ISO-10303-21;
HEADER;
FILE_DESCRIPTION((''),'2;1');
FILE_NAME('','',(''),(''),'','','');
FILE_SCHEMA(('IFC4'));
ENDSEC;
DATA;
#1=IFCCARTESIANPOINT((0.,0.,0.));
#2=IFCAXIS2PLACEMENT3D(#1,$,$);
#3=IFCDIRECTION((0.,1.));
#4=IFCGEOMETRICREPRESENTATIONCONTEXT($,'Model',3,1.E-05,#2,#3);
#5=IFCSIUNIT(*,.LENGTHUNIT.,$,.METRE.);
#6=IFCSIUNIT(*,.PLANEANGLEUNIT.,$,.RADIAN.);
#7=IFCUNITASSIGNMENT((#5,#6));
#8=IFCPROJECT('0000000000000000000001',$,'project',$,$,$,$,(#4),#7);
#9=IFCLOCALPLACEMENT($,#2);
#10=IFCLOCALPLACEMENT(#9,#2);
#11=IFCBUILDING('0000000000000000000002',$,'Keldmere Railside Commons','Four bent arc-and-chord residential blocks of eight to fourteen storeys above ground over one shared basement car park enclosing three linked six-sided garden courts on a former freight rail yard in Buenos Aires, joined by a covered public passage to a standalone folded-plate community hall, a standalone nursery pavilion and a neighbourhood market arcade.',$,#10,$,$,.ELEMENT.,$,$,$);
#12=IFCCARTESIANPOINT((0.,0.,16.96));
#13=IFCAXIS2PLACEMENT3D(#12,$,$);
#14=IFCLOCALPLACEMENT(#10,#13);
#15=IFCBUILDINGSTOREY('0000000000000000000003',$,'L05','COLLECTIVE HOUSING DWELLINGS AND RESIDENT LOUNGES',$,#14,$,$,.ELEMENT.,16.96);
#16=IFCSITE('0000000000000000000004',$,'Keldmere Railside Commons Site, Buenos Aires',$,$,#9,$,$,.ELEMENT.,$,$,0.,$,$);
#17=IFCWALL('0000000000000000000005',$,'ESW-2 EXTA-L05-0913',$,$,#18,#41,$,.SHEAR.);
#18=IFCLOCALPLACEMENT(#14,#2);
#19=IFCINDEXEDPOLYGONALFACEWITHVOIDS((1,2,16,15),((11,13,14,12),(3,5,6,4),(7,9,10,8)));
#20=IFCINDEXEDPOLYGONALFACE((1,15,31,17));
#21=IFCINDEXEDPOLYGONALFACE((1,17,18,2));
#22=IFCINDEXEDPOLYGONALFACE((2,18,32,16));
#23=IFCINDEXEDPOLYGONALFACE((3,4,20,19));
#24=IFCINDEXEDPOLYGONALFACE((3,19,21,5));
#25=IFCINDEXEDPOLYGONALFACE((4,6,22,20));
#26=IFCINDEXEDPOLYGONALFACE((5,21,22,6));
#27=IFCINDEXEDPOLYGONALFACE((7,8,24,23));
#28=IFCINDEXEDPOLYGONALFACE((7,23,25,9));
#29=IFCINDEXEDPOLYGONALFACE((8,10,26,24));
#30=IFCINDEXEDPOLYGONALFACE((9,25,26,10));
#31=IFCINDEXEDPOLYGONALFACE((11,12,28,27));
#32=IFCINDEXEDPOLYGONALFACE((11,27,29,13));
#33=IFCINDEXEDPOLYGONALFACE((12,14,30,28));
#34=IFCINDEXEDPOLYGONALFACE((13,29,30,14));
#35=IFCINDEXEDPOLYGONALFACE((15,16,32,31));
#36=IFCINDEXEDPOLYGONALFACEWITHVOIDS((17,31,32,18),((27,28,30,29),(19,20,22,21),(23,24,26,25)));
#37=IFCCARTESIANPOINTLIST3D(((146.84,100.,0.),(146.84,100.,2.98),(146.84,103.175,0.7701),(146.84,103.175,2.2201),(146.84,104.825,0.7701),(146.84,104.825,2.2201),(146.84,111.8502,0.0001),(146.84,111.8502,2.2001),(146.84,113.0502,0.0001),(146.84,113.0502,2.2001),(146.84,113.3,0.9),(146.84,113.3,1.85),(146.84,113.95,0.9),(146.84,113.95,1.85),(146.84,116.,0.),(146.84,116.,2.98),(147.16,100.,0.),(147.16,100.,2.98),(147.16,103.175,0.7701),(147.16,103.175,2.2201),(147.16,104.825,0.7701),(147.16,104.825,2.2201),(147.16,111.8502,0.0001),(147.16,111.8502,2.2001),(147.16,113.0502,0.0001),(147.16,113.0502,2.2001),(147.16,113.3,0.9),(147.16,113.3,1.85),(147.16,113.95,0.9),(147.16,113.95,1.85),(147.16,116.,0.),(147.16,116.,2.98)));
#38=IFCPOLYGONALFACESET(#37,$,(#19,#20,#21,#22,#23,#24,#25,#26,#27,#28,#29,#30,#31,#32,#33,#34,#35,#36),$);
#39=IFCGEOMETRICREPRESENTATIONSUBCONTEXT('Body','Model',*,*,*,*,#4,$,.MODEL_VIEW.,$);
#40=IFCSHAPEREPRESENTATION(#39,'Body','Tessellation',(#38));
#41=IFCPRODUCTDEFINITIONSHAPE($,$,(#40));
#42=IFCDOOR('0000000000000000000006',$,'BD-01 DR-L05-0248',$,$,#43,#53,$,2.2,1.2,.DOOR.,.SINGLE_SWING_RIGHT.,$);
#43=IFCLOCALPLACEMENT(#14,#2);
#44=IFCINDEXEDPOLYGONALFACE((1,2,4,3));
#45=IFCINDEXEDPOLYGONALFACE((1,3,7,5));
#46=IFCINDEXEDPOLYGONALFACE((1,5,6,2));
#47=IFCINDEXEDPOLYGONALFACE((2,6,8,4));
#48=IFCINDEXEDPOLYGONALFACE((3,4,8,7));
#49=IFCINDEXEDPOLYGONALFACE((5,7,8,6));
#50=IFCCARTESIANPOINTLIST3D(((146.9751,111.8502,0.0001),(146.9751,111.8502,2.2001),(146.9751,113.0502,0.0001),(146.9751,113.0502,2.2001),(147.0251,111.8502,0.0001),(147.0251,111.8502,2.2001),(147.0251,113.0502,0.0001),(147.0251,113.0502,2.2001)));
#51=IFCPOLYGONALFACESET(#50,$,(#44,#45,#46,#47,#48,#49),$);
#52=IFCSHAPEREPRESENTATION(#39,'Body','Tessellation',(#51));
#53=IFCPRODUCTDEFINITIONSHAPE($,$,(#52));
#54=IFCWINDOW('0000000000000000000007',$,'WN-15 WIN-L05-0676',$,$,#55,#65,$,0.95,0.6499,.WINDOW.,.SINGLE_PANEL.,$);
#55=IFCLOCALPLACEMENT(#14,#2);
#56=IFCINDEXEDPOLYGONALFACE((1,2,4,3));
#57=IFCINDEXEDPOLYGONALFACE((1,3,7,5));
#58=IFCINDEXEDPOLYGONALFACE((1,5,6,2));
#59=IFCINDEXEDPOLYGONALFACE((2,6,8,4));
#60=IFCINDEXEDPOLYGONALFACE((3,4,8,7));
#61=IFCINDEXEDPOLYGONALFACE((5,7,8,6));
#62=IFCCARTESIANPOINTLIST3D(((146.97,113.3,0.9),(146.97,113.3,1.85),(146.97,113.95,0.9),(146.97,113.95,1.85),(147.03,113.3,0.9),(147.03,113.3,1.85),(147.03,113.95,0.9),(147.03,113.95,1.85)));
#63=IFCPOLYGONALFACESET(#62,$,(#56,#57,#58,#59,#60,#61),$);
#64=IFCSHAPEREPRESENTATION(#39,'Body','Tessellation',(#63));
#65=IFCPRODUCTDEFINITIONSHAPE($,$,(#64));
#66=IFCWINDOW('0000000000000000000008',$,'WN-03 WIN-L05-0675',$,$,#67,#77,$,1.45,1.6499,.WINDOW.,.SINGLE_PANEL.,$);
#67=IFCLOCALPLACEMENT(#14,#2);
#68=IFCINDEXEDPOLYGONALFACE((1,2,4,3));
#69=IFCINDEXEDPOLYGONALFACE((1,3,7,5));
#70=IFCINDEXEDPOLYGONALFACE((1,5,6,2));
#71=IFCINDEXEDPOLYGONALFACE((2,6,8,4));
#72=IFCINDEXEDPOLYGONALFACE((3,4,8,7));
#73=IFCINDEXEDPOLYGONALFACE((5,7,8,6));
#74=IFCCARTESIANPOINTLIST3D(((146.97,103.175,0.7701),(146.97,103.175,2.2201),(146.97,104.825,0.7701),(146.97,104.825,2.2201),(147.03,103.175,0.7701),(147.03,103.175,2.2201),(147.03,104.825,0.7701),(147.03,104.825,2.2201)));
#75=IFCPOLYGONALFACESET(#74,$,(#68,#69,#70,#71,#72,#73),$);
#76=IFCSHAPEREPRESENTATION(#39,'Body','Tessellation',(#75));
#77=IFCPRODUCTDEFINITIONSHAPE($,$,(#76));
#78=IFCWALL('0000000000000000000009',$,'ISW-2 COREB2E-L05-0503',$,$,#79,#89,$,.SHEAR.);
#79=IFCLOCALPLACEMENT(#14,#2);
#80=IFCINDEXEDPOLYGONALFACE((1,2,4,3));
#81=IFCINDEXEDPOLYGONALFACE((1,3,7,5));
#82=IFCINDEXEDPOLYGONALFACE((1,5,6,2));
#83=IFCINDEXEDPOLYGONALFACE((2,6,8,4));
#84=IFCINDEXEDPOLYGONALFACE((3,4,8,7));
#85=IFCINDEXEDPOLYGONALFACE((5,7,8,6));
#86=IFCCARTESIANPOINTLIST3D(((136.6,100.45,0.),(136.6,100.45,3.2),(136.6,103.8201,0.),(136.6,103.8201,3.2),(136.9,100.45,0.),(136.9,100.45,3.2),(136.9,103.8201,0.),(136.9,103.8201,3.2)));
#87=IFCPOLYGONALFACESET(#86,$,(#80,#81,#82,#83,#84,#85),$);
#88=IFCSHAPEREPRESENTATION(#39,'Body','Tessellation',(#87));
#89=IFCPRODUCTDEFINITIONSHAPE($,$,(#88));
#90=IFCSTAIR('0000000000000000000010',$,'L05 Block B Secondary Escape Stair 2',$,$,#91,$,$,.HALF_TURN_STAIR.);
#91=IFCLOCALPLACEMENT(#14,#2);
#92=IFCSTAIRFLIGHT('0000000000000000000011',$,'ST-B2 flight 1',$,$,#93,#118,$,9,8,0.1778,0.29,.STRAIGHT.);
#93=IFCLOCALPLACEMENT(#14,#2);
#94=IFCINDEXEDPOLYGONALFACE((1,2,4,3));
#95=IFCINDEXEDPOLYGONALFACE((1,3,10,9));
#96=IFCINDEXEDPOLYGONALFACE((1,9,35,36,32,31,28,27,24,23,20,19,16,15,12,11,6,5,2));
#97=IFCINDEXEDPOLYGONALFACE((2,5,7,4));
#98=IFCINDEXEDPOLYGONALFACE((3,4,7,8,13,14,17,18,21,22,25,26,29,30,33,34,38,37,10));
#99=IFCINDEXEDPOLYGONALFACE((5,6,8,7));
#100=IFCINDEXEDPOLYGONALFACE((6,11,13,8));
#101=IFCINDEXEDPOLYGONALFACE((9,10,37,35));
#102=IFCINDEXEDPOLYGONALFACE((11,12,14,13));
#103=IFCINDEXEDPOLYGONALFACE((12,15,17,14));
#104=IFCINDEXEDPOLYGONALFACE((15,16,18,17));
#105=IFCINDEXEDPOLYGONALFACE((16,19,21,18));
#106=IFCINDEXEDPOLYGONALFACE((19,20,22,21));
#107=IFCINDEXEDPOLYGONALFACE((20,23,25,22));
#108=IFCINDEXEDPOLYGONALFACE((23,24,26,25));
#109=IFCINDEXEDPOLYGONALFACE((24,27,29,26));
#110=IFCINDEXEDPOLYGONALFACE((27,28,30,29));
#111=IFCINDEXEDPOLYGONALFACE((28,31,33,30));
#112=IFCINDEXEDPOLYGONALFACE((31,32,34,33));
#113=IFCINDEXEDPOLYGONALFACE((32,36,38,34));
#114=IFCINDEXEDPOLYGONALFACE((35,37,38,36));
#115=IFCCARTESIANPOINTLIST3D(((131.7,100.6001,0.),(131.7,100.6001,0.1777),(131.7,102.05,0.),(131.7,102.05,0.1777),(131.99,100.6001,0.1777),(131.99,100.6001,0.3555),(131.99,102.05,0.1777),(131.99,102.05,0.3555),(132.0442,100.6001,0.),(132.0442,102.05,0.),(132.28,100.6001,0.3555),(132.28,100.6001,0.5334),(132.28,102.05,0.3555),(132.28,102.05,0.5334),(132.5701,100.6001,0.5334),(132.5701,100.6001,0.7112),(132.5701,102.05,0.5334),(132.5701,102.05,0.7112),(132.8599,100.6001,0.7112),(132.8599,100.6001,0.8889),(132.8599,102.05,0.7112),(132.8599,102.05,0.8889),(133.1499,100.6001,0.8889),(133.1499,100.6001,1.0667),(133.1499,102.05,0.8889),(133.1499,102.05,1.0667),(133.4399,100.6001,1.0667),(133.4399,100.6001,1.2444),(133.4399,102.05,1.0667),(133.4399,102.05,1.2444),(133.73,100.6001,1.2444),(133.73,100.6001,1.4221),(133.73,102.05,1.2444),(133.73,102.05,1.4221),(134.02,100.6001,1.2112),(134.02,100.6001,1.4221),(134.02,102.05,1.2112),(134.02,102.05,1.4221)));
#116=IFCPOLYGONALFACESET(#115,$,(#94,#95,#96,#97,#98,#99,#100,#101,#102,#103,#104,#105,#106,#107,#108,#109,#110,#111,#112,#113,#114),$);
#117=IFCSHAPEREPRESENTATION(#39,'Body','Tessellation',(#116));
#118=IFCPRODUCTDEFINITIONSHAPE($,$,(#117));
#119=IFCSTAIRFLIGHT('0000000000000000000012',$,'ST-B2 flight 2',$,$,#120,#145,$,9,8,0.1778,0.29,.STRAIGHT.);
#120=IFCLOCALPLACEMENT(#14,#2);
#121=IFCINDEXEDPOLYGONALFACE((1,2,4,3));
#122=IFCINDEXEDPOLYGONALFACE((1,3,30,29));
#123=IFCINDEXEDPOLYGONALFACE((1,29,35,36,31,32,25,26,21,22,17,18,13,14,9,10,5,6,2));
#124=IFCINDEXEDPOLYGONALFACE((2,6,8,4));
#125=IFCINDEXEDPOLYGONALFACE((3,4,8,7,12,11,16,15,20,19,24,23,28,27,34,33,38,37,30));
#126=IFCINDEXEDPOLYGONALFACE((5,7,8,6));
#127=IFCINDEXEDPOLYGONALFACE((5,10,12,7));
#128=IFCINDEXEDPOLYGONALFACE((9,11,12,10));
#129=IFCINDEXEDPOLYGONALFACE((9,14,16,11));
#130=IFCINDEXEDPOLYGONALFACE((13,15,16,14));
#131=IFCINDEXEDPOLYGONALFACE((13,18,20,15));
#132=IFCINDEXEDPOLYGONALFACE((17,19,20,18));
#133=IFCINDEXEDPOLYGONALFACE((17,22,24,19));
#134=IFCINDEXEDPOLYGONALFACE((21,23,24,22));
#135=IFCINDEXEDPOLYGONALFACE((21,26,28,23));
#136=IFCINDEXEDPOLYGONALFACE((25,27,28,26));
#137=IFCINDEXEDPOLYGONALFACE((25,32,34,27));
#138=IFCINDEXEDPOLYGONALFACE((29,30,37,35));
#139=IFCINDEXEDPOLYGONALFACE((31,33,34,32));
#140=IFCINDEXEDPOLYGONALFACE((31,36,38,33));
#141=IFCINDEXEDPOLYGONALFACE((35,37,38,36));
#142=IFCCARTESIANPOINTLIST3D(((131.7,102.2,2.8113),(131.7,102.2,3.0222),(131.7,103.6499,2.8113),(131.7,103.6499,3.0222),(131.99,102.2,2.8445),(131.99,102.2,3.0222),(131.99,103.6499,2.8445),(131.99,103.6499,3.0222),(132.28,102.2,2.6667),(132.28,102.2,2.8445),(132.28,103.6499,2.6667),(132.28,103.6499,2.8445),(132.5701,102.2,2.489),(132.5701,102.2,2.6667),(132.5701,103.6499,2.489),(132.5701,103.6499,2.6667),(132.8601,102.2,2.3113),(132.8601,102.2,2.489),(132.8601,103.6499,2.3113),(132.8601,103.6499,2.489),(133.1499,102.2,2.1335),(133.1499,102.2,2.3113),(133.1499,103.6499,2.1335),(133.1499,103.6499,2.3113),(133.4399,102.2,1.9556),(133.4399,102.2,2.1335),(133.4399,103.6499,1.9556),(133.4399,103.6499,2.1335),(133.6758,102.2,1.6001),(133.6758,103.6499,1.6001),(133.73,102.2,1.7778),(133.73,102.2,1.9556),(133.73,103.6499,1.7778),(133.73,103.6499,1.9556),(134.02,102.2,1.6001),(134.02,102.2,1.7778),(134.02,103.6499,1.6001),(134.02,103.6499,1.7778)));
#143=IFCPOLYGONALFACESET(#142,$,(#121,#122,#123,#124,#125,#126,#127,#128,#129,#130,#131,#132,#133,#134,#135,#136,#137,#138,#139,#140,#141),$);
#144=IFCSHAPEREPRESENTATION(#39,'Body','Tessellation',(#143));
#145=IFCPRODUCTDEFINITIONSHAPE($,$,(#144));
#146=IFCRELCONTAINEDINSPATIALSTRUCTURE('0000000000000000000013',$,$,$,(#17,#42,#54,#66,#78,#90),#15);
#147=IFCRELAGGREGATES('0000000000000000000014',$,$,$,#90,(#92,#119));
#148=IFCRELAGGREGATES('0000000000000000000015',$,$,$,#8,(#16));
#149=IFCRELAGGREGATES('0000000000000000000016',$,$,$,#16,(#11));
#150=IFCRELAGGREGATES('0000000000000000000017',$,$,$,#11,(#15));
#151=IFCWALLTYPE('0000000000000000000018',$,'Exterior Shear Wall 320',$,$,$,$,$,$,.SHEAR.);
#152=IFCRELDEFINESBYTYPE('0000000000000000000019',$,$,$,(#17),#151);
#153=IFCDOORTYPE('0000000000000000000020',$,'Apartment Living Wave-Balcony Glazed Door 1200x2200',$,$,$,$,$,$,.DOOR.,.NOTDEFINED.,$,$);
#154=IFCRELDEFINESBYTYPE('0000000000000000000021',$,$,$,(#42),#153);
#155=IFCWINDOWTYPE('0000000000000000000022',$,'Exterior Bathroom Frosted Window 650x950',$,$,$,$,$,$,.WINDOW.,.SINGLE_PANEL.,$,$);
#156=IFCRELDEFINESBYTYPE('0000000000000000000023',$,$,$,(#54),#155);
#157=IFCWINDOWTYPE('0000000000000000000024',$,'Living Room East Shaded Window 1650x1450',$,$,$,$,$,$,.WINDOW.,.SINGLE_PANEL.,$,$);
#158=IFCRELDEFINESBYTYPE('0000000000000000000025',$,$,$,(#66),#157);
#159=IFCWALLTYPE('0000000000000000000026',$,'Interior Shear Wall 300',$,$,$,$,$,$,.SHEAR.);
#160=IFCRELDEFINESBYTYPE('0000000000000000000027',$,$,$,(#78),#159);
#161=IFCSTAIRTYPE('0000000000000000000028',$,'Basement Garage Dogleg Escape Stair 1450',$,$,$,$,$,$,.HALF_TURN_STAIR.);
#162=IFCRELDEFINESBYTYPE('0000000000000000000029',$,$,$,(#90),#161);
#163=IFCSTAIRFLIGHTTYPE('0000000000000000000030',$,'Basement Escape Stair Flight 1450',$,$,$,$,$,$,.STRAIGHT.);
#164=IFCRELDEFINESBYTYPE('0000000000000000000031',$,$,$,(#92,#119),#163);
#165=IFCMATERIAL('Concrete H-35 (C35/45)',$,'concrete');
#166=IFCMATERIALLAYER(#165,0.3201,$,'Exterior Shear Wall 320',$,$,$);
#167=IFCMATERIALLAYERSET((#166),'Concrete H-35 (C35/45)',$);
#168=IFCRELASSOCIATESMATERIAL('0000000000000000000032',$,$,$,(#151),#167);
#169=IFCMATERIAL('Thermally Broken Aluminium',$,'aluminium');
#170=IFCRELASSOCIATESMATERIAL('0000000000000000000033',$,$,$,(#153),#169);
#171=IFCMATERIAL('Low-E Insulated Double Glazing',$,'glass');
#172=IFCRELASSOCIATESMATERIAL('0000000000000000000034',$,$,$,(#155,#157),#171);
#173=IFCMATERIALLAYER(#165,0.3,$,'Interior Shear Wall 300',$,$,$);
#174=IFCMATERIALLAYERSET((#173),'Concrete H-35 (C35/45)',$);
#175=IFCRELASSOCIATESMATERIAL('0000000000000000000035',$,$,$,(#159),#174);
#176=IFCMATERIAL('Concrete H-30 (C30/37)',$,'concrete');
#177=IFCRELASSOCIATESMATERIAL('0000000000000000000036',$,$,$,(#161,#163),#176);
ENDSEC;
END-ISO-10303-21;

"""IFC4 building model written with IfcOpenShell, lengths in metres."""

from ifc_helpers import new_model, si_unit, direction, frame, frame_2d, origin, place, context, subcontext, project, spatial, polyline, rectangle, outline, extrude, material, layer, layer_set, type_object, element, fill, aggregate, save


model = new_model("IFC4")

# Units and contexts
model_context = context("Model", 3, precision=1e-05, world=origin(), true_north=direction((0.0, 1.0)))
body_context = subcontext(model_context, "Body", "Model", "MODEL_VIEW")
ifc_project = project(units=[si_unit("LENGTHUNIT", "METRE"), si_unit("PLANEANGLEUNIT", "RADIAN")], contexts=[model_context])

# Site, building, storey
site_placement = place(None, origin())
site = spatial("IfcSite", under=ifc_project, at=site_placement, Name="Keldmere Railside Commons Site, Buenos Aires", CompositionType="ELEMENT", RefElevation=0.0)
building_placement = place(site_placement, origin())
building = spatial("IfcBuilding", under=site, at=building_placement, Name="Keldmere Railside Commons", Description="Four bent arc-and-chord residential blocks of eight to fourteen storeys above ground over one shared basement car park enclosing three linked six-sided garden courts on a former freight rail yard in Buenos Aires, joined by a covered public passage to a standalone folded-plate community hall, a standalone nursery pavilion and a neighbourhood market arcade.", CompositionType="ELEMENT")
storey_placement = place(building_placement, frame((0.0, 0.0, 16.96)))
storey = spatial("IfcBuildingStorey", under=building, at=storey_placement, Name="L05", Description="COLLECTIVE HOUSING DWELLINGS AND RESIDENT LOUNGES", CompositionType="ELEMENT", Elevation=16.96)

# Shared definitions
ifc_material_1 = material(Name="Thermally Broken Aluminium", Category="aluminium")

# Shared definitions
ifc_material_2 = material(Name="Concrete H-35 (C35/45)", Category="concrete")
ifc_layer_1 = layer(ifc_material_2, 0.3201, Name="Exterior Shear Wall 320")
ifc_layer_set_1 = layer_set([ifc_layer_1], Name="Concrete H-35 (C35/45)")
wall_type_1 = type_object("IfcWallType", Name="Exterior Shear Wall 320", PredefinedType="SHEAR", material=ifc_layer_set_1)
ifc_material_3 = material(Name="Low-E Insulated Double Glazing", Category="glass")

# Wall, openings, door, windows
wall_1_placement = place(storey_placement, frame((147.0, 100.0, 0.0), z_axis=(0.0, 0.0, 1.0), x_axis=(0.0, 1.0, 0.0)))
wall_1 = element("IfcWall", 1, at=wall_1_placement, inside=storey, type_object=wall_type_1, Name="ESW-2 EXTA-L05-0913", PredefinedType="SHEAR", context=body_context, shape_type="SweptSolid", body=[
    extrude(rectangle(XDim=16.0, YDim=0.3201, at=frame_2d((8.0, 0.0))), origin(), (0.0, 0.0, 1.0), 2.98),
])
opening_1_placement = place(wall_1_placement, frame((3.175, 0.0, 0.77)))
opening_1 = element("IfcOpeningElement", 2, at=opening_1_placement, cuts=wall_1, PredefinedType="OPENING", context=body_context, shape_type="SweptSolid", body=[
    extrude(rectangle(XDim=1.6499, YDim=1.45, at=frame_2d((0.825, 0.7251))), frame((0.0, 0.1699, 0.0), z_axis=(0.0, -1.0, 0.0), x_axis=(1.0, 0.0, 0.0)), (0.0, 0.0, 1.0), 0.3401),
])
opening_2_placement = place(wall_1_placement, frame((11.8501, 0.0, 0.0)))
opening_2 = element("IfcOpeningElement", 3, at=opening_2_placement, cuts=wall_1, PredefinedType="OPENING", context=body_context, shape_type="SweptSolid", body=[
    extrude(rectangle(XDim=1.2, YDim=2.2, at=frame_2d((0.6001, 1.1001))), frame((0.0, 0.1699, 0.0), z_axis=(0.0, -1.0, 0.0), x_axis=(1.0, 0.0, 0.0)), (0.0, 0.0, 1.0), 0.3401),
])
opening_3_placement = place(wall_1_placement, frame((13.3, 0.0, 0.8999)))
opening_3 = element("IfcOpeningElement", 4, at=opening_3_placement, cuts=wall_1, PredefinedType="OPENING", context=body_context, shape_type="SweptSolid", body=[
    extrude(rectangle(XDim=0.6499, YDim=0.95, at=frame_2d((0.325, 0.4751))), frame((0.0, 0.1699, 0.0), z_axis=(0.0, -1.0, 0.0), x_axis=(1.0, 0.0, 0.0)), (0.0, 0.0, 1.0), 0.3401),
])
door_type = type_object("IfcDoorType", Name="Apartment Living Wave-Balcony Glazed Door 1200x2200", OperationType="NOTDEFINED", PredefinedType="DOOR", material=ifc_material_1)
door_placement = place(opening_2_placement, origin())
door = element("IfcDoor", 5, at=door_placement, inside=storey, type_object=door_type, Name="BD-01 DR-L05-0248", OperationType="SINGLE_SWING_RIGHT", OverallHeight=2.2, OverallWidth=1.2, PredefinedType="DOOR", context=body_context, shape_type="SweptSolid", body=[
    extrude(rectangle(XDim=1.2, YDim=2.2, at=frame_2d((0.6001, 1.1001))), frame((0.0, 0.0249, 0.0), z_axis=(0.0, -1.0, 0.0), x_axis=(1.0, 0.0, 0.0)), (0.0, 0.0, 1.0), 0.05),
])
fill(opening_2, door)
window_type_1 = type_object("IfcWindowType", Name="Exterior Bathroom Frosted Window 650x950", PartitioningType="SINGLE_PANEL", PredefinedType="WINDOW", material=ifc_material_3)
window_1_placement = place(opening_3_placement, origin())
window_1 = element("IfcWindow", 6, at=window_1_placement, inside=storey, type_object=window_type_1, Name="WN-15 WIN-L05-0676", OverallHeight=0.95, OverallWidth=0.6499, PartitioningType="SINGLE_PANEL", PredefinedType="WINDOW", context=body_context, shape_type="SweptSolid", body=[
    extrude(rectangle(XDim=0.6499, YDim=0.95, at=frame_2d((0.325, 0.4751))), frame((0.0, 0.03, 0.0), z_axis=(0.0, -1.0, 0.0), x_axis=(1.0, 0.0, 0.0)), (0.0, 0.0, 1.0), 0.0601),
])
fill(opening_3, window_1)
window_type_2 = type_object("IfcWindowType", Name="Living Room East Shaded Window 1650x1450", PartitioningType="SINGLE_PANEL", PredefinedType="WINDOW", material=ifc_material_3)
window_2_placement = place(opening_1_placement, origin())
window_2 = element("IfcWindow", 7, at=window_2_placement, inside=storey, type_object=window_type_2, Name="WN-03 WIN-L05-0675", OverallHeight=1.45, OverallWidth=1.6499, PartitioningType="SINGLE_PANEL", PredefinedType="WINDOW", context=body_context, shape_type="SweptSolid", body=[
    extrude(rectangle(XDim=1.6499, YDim=1.45, at=frame_2d((0.825, 0.7251))), frame((0.0, 0.03, 0.0), z_axis=(0.0, -1.0, 0.0), x_axis=(1.0, 0.0, 0.0)), (0.0, 0.0, 1.0), 0.0601),
])
fill(opening_1, window_2)

# Wall
ifc_layer_2 = layer(ifc_material_2, 0.3, Name="Interior Shear Wall 300")
ifc_layer_set_2 = layer_set([ifc_layer_2], Name="Concrete H-35 (C35/45)")
wall_type_2 = type_object("IfcWallType", Name="Interior Shear Wall 300", PredefinedType="SHEAR", material=ifc_layer_set_2)
wall_2_placement = place(storey_placement, frame((136.75, 100.45, 0.0), z_axis=(0.0, 0.0, 1.0), x_axis=(0.0, 1.0, 0.0)))
element("IfcWall", 8, at=wall_2_placement, inside=storey, type_object=wall_type_2, Name="ISW-2 COREB2E-L05-0503", PredefinedType="SHEAR", context=body_context, shape_type="SweptSolid", body=[
    extrude(rectangle(XDim=3.3701, YDim=0.3, at=frame_2d((1.6851, 0.0))), origin(), (0.0, 0.0, 1.0), 3.2),
])

# Stair, stair flights
ifc_material_4 = material(Name="Concrete H-30 (C30/37)", Category="concrete")
stair_type = type_object("IfcStairType", Name="Basement Garage Dogleg Escape Stair 1450", PredefinedType="HALF_TURN_STAIR", material=ifc_material_4)
stair_placement = place(storey_placement, origin())
stair = element("IfcStair", 9, at=stair_placement, inside=storey, type_object=stair_type, Name="L05 Block B Secondary Escape Stair 2", PredefinedType="HALF_TURN_STAIR")
stair_flight_type = type_object("IfcStairFlightType", Name="Basement Escape Stair Flight 1450", PredefinedType="STRAIGHT", material=ifc_material_4)
stair_flight_1_placement = place(storey_placement, frame((131.7, 101.325, 0.0), z_axis=(0.0, 0.0, 1.0), x_axis=(1.0, 0.0, 0.0)))
stair_flight_1 = element("IfcStairFlight", 10, at=stair_flight_1_placement, type_object=stair_flight_type, Name="ST-B2 flight 1", NumberOfRisers=9, NumberOfTreads=8, PredefinedType="STRAIGHT", RiserHeight=0.1778, TreadLength=0.29, context=body_context, shape_type="SweptSolid", body=[
    extrude(outline(polyline([(0.0, 0.0), (0.0, 0.1777), (0.29, 0.1777), (0.29, 0.3555), (0.5801, 0.3555), (0.5801, 0.5334), (0.8701, 0.5334), (0.8701, 0.7112), (1.1599, 0.7112), (1.1599, 0.8889), (1.45, 0.8889), (1.45, 1.0667), (1.74, 1.0667), (1.74, 1.2444), (2.03, 1.2444), (2.03, 1.4221), (2.3201, 1.4221), (2.3201, 1.6001), (2.3201, 1.2112), (0.3442, 0.0), (0.0, 0.0)])), frame((0.0, 0.7251, 0.0), z_axis=(0.0, -1.0, 0.0), x_axis=(1.0, 0.0, 0.0)), (0.0, 0.0, 1.0), 1.45),
])
stair_flight_2_placement = place(storey_placement, frame((134.02, 102.925, 1.6001), z_axis=(0.0, 0.0, 1.0), x_axis=(-1.0, 0.0, 0.0)))
stair_flight_2 = element("IfcStairFlight", 11, at=stair_flight_2_placement, type_object=stair_flight_type, Name="ST-B2 flight 2", NumberOfRisers=9, NumberOfTreads=8, PredefinedType="STRAIGHT", RiserHeight=0.1778, TreadLength=0.29, context=body_context, shape_type="SweptSolid", body=[
    extrude(outline(polyline([(0.0, 0.0), (0.0, 0.1777), (0.29, 0.1777), (0.29, 0.3555), (0.5801, 0.3555), (0.5801, 0.5334), (0.8701, 0.5334), (0.8701, 0.7112), (1.1599, 0.7112), (1.1599, 0.8889), (1.45, 0.8889), (1.45, 1.0667), (1.74, 1.0667), (1.74, 1.2444), (2.03, 1.2444), (2.03, 1.4221), (2.3201, 1.4221), (2.3201, 1.6001), (2.3201, 1.2112), (0.3442, 0.0), (0.0, 0.0)])), frame((0.0, 0.7251, 0.0), z_axis=(0.0, -1.0, 0.0), x_axis=(1.0, 0.0, 0.0)), (0.0, 0.0, 1.0), 1.45),
])
aggregate(stair, [stair_flight_1, stair_flight_2])

save(model, "model.ifc")
